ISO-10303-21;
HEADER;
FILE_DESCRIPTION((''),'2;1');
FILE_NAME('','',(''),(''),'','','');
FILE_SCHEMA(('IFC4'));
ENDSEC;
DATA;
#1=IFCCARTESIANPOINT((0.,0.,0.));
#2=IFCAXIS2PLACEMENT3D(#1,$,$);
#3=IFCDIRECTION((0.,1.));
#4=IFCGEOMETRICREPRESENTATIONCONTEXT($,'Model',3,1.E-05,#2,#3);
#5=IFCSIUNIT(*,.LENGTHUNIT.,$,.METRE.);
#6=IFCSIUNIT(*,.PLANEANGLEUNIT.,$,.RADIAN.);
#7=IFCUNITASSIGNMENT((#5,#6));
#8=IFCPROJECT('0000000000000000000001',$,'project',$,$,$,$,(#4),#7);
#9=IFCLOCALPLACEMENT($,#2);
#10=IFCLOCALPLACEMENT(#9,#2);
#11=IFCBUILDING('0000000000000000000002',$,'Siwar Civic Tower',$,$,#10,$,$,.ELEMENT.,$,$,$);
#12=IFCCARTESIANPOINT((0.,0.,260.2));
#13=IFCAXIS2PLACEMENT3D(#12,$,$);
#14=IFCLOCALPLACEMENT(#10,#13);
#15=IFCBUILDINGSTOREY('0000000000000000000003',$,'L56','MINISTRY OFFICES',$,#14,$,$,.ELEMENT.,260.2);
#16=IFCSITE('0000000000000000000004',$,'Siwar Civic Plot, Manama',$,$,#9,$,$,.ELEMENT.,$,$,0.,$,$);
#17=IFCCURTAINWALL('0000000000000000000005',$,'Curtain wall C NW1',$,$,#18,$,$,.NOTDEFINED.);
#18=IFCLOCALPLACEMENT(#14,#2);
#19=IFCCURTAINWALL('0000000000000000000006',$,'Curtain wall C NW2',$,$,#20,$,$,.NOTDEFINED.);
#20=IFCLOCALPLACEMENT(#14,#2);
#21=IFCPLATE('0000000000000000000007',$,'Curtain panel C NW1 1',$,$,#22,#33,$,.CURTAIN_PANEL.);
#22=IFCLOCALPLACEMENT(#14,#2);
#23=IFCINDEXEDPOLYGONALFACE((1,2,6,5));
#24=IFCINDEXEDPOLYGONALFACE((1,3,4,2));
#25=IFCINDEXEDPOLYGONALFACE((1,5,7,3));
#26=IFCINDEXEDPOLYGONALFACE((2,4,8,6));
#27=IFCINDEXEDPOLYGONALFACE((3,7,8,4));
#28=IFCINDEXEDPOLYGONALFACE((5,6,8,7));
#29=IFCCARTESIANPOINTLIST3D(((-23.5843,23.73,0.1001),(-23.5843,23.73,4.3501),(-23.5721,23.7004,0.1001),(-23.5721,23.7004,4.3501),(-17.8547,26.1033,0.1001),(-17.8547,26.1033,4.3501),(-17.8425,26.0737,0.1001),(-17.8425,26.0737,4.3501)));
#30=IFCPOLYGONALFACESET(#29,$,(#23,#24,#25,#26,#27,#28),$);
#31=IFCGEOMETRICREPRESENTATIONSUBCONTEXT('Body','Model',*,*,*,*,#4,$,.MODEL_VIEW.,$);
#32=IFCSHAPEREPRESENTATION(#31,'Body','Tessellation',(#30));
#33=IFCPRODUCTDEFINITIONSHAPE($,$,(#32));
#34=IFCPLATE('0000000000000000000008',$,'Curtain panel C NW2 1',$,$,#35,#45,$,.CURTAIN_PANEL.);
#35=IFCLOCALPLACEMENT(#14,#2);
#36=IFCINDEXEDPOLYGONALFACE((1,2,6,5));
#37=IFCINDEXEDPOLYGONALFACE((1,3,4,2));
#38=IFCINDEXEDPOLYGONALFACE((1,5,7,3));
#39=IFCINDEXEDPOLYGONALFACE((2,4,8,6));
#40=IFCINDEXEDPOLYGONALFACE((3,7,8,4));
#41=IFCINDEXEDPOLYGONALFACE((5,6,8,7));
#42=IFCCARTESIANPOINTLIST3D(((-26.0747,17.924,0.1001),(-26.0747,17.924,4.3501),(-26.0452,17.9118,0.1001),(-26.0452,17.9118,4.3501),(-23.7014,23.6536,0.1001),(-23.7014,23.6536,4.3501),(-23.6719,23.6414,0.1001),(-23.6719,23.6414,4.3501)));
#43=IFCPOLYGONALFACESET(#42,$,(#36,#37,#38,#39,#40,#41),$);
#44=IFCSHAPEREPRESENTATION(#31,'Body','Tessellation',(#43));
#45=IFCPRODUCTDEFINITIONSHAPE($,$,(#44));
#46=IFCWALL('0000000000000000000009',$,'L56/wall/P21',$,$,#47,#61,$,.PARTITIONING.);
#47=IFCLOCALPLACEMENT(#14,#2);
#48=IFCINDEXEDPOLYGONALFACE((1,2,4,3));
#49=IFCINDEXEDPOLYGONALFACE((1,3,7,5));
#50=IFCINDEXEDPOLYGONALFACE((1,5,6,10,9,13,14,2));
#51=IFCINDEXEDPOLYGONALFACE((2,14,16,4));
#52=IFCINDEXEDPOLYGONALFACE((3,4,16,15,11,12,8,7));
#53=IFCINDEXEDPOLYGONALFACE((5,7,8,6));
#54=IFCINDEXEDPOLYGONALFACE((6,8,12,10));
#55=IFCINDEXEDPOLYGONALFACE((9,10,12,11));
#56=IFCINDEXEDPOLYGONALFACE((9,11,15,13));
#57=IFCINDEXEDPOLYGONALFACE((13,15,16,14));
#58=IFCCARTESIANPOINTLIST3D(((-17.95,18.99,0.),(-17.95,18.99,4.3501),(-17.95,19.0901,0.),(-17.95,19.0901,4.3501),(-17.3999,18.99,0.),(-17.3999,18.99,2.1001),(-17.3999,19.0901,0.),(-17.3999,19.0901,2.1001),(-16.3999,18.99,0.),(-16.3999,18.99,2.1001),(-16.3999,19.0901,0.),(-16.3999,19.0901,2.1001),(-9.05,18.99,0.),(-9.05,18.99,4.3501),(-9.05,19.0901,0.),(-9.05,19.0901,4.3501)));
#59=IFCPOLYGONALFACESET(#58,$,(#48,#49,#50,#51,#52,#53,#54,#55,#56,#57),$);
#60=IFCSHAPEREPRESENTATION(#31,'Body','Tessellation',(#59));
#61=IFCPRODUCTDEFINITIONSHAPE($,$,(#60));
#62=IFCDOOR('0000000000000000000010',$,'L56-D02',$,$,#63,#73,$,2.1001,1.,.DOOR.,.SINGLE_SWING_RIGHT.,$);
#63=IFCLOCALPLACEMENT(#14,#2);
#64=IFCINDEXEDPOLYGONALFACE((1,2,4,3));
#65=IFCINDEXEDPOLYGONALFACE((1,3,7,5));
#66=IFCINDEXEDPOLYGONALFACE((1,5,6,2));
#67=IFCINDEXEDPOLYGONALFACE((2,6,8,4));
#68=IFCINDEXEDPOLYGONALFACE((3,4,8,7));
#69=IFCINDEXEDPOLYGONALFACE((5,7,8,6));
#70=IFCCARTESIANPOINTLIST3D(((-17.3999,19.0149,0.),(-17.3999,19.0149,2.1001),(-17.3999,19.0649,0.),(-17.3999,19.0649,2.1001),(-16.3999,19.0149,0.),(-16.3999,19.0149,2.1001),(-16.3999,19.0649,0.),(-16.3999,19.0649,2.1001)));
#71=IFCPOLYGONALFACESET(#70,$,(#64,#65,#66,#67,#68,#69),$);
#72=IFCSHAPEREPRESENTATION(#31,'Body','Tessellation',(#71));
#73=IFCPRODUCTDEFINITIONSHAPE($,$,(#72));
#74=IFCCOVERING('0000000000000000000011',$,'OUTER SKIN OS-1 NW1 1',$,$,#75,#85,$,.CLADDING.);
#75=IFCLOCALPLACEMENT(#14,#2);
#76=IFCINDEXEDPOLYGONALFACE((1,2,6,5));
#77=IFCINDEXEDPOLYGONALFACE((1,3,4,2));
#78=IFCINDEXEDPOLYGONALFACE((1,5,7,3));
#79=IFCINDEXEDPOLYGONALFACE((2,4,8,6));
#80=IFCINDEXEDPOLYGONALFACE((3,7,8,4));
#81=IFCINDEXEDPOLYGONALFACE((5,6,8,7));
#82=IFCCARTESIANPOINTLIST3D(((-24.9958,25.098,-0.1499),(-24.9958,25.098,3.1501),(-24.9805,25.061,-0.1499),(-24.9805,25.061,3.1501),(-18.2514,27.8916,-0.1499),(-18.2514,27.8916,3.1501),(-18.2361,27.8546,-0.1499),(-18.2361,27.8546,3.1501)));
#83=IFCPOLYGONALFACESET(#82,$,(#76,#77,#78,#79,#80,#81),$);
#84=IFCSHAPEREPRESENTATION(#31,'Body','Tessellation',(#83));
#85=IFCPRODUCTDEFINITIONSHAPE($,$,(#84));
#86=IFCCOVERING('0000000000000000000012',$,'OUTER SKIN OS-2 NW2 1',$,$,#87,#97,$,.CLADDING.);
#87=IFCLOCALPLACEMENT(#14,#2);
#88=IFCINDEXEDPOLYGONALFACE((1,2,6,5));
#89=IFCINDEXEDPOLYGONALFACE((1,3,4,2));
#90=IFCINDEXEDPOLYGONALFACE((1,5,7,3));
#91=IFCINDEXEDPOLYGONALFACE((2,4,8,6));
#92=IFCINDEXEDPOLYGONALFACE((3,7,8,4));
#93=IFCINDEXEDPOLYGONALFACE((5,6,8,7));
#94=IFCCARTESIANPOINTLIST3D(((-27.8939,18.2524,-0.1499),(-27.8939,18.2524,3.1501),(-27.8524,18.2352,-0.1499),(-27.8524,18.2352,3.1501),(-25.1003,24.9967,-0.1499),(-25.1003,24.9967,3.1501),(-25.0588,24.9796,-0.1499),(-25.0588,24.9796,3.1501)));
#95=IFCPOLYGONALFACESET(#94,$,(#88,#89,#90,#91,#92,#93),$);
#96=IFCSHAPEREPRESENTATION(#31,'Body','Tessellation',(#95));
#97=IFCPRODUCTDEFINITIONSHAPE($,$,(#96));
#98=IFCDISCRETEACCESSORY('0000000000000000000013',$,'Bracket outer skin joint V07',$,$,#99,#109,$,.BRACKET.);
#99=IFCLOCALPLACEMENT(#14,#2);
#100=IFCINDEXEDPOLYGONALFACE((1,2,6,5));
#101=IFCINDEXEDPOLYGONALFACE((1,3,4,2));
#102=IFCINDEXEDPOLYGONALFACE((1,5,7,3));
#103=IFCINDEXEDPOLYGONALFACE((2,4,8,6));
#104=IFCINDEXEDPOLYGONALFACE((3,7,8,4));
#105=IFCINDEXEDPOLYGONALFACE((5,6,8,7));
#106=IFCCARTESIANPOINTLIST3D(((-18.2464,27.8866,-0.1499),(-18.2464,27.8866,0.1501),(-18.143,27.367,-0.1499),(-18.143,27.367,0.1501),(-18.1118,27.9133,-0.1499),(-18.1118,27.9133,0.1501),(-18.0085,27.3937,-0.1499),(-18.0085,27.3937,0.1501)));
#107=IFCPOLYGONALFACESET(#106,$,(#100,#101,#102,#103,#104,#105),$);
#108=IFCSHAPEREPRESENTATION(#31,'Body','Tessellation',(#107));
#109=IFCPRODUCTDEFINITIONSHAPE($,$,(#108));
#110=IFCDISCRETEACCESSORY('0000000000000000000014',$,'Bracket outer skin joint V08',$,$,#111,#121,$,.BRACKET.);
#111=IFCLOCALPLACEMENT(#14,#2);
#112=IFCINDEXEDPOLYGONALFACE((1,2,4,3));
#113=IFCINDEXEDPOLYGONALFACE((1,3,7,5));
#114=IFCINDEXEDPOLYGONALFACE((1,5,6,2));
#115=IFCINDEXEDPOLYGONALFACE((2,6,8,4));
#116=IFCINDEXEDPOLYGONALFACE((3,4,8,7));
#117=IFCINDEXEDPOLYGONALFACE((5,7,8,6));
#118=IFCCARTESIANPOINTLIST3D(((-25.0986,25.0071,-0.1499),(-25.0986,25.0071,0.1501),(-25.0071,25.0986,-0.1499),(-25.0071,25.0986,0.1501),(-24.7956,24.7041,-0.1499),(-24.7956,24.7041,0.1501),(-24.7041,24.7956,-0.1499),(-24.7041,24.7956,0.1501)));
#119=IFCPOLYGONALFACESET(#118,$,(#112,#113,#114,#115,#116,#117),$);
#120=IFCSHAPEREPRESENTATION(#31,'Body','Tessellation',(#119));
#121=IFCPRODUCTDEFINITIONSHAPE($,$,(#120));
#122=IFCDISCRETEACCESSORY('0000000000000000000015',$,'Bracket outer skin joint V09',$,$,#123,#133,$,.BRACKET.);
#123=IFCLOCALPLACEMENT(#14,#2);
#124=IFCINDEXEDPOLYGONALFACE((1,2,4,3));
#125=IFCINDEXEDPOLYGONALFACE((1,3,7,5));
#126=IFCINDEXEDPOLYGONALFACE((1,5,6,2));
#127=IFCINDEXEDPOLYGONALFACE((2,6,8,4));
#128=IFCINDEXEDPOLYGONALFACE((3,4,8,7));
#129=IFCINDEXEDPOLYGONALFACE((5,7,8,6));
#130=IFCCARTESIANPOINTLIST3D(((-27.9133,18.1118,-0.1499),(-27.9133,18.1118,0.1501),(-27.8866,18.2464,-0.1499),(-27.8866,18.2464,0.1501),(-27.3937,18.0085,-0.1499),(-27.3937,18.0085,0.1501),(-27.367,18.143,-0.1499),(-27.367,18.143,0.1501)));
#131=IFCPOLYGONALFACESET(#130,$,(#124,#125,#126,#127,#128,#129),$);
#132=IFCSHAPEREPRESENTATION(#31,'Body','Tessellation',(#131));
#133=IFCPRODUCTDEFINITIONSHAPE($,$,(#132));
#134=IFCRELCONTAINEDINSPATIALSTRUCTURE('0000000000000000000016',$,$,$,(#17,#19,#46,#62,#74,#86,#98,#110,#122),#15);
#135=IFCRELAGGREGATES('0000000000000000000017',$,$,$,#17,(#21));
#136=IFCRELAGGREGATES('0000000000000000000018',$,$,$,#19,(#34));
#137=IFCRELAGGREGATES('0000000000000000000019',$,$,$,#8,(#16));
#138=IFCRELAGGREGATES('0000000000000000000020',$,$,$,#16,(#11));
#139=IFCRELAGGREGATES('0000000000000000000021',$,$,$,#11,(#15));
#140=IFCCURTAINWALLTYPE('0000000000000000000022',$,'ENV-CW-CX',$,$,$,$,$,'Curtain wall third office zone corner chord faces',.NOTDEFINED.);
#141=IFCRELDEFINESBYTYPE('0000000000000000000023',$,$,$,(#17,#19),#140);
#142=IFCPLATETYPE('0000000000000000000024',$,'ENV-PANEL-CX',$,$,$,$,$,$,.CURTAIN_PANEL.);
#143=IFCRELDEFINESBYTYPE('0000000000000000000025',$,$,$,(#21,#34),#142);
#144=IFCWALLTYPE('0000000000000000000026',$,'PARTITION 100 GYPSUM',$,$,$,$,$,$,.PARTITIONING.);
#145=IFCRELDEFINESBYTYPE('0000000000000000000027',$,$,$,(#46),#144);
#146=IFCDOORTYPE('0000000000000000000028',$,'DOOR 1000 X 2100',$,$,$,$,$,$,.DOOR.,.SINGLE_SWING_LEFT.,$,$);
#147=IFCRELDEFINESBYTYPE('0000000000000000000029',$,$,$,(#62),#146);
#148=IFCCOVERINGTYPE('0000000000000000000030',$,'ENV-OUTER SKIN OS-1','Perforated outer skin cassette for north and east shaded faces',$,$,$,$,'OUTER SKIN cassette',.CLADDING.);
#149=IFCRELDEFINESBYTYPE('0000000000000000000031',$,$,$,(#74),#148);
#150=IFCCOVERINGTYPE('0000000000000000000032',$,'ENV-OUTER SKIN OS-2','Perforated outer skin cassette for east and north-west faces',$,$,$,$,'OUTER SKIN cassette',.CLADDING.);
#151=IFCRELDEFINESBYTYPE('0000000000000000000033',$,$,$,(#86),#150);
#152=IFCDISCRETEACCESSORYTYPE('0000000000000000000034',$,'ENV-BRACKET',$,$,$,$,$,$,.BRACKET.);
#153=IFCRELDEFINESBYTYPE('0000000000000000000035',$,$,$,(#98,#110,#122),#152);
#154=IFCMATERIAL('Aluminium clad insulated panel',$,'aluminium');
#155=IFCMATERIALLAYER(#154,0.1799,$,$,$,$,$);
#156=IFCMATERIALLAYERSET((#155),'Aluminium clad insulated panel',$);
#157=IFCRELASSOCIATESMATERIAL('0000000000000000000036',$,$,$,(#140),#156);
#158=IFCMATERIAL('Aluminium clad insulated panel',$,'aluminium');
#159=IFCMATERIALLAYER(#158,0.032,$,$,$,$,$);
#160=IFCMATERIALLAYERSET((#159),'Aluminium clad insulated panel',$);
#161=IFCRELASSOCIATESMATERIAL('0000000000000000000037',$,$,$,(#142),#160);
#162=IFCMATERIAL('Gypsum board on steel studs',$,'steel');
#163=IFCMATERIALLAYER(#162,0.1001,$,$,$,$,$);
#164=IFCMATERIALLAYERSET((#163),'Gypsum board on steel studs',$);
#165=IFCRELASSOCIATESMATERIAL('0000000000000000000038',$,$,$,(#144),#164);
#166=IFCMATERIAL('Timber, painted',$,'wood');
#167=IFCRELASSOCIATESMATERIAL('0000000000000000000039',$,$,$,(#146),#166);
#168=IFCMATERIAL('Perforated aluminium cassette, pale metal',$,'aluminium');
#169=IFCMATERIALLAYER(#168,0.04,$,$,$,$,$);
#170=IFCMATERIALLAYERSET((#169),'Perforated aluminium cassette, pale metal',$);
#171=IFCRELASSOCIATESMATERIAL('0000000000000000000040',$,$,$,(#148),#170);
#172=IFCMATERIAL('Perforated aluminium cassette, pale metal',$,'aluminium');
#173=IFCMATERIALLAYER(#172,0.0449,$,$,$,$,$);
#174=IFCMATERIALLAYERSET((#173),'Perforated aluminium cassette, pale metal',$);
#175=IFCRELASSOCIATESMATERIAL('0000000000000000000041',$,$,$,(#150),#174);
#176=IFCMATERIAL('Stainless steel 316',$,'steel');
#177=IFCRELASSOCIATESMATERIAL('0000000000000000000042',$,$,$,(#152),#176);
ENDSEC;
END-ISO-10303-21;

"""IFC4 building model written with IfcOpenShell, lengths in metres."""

from ifc_helpers import new_model, si_unit, direction, frame, frame_2d, origin, origin_2d, place, context, subcontext, project, spatial, rectangle, extrude, material, layer, layer_set, type_object, element, fill, aggregate, save


model = new_model("IFC4")

# Units and contexts
model_context = context("Model", 3, precision=1e-05, world=origin(), true_north=direction((0.0, 1.0)))
body_context = subcontext(model_context, "Body", "Model", "MODEL_VIEW")
ifc_project = project(units=[si_unit("LENGTHUNIT", "METRE"), si_unit("PLANEANGLEUNIT", "RADIAN")], contexts=[model_context])

# Site, building, storey
site_placement = place(None, origin())
site = spatial("IfcSite", under=ifc_project, at=site_placement, Name="Siwar Civic Plot, Manama", CompositionType="ELEMENT", RefElevation=0.0)
building_placement = place(site_placement, origin())
building = spatial("IfcBuilding", under=site, at=building_placement, Name="Siwar Civic Tower", CompositionType="ELEMENT")
storey_placement = place(building_placement, frame((0.0, 0.0, 260.2)))
storey = spatial("IfcBuildingStorey", under=building, at=storey_placement, Name="L56", Description="MINISTRY OFFICES", CompositionType="ELEMENT", Elevation=260.2)

# Curtain walls
ifc_material_1 = material(Name="Aluminium clad insulated panel", Category="aluminium")
ifc_layer_1 = layer(ifc_material_1, 0.1799)
ifc_layer_set_1 = layer_set([ifc_layer_1], Name="Aluminium clad insulated panel")
curtain_wall_type = type_object("IfcCurtainWallType", Name="ENV-CW-CX", ElementType="Curtain wall third office zone corner chord faces", PredefinedType="NOTDEFINED", material=ifc_layer_set_1)
curtain_wall_1_placement = place(storey_placement, origin())
curtain_wall_1 = element("IfcCurtainWall", 1, at=curtain_wall_1_placement, inside=storey, type_object=curtain_wall_type, Name="Curtain wall C NW1", PredefinedType="NOTDEFINED")
curtain_wall_2_placement = place(storey_placement, origin())
curtain_wall_2 = element("IfcCurtainWall", 2, at=curtain_wall_2_placement, inside=storey, type_object=curtain_wall_type, Name="Curtain wall C NW2", PredefinedType="NOTDEFINED")

# Plates
ifc_material_2 = material(Name="Aluminium clad insulated panel", Category="aluminium")
ifc_layer_2 = layer(ifc_material_2, 0.032)
ifc_layer_set_2 = layer_set([ifc_layer_2], Name="Aluminium clad insulated panel")
plate_type = type_object("IfcPlateType", Name="ENV-PANEL-CX", PredefinedType="CURTAIN_PANEL", material=ifc_layer_set_2)
plate_1_placement = place(storey_placement, frame((-20.7134, 24.9019, 0.1001), z_axis=(0.0, 0.0, 1.0), x_axis=(-0.92388, -0.382683, 0.0)))
plate_1 = element("IfcPlate", 3, at=plate_1_placement, type_object=plate_type, Name="Curtain panel C NW1 1", PredefinedType="CURTAIN_PANEL", context=body_context, shape_type="SweptSolid", body=[
    extrude(rectangle(XDim=6.2017, YDim=0.032, at=origin_2d()), origin(), (0.0, 0.0, 1.0), 4.25),
])
aggregate(curtain_wall_1, [plate_1])
plate_2_placement = place(storey_placement, frame((-24.8733, 20.7827, 0.1001), z_axis=(0.0, 0.0, 1.0), x_axis=(-0.382683, -0.92388, 0.0)))
plate_2 = element("IfcPlate", 4, at=plate_2_placement, type_object=plate_type, Name="Curtain panel C NW2 1", PredefinedType="CURTAIN_PANEL", context=body_context, shape_type="SweptSolid", body=[
    extrude(rectangle(XDim=6.2017, YDim=0.032, at=origin_2d()), origin(), (0.0, 0.0, 1.0), 4.25),
])
aggregate(curtain_wall_2, [plate_2])

# Wall, opening, door
ifc_material_3 = material(Name="Gypsum board on steel studs", Category="steel")
ifc_layer_3 = layer(ifc_material_3, 0.1001)
ifc_layer_set_3 = layer_set([ifc_layer_3], Name="Gypsum board on steel studs")
wall_type = type_object("IfcWallType", Name="PARTITION 100 GYPSUM", PredefinedType="PARTITIONING", material=ifc_layer_set_3)
wall_placement = place(storey_placement, frame((-17.95, 19.04, 0.0), z_axis=(0.0, 0.0, 1.0), x_axis=(1.0, 0.0, 0.0)))
wall = element("IfcWall", 5, at=wall_placement, inside=storey, type_object=wall_type, Name="L56/wall/P21", PredefinedType="PARTITIONING", context=body_context, shape_type="SweptSolid", body=[
    extrude(rectangle(XDim=8.8999, YDim=0.1001, at=frame_2d((4.45, 0.0))), origin(), (0.0, 0.0, 1.0), 4.3501),
])
opening_placement = place(wall_placement, frame((0.55, 0.0, 0.0)))
opening = element("IfcOpeningElement", 6, at=opening_placement, cuts=wall, PredefinedType="OPENING", context=body_context, shape_type="SweptSolid", body=[
    extrude(rectangle(XDim=1.0, YDim=2.1001, at=frame_2d((0.5, 1.05))), frame((0.0, 0.0601, 0.0), z_axis=(0.0, -1.0, 0.0), x_axis=(1.0, 0.0, 0.0)), (0.0, 0.0, 1.0), 0.1201),
])
ifc_material_4 = material(Name="Timber, painted", Category="wood")
door_type = type_object("IfcDoorType", Name="DOOR 1000 X 2100", OperationType="SINGLE_SWING_LEFT", PredefinedType="DOOR", material=ifc_material_4)
door_placement = place(opening_placement, origin())
door = element("IfcDoor", 7, at=door_placement, inside=storey, type_object=door_type, Name="L56-D02", OperationType="SINGLE_SWING_RIGHT", OverallHeight=2.1001, OverallWidth=1.0, PredefinedType="DOOR", context=body_context, shape_type="SweptSolid", body=[
    extrude(rectangle(XDim=1.0, YDim=2.1001, at=frame_2d((0.5, 1.05))), frame((0.0, 0.0249, 0.0), z_axis=(0.0, -1.0, 0.0), x_axis=(1.0, 0.0, 0.0)), (0.0, 0.0, 1.0), 0.05),
])
fill(opening, door)

# Coverings
ifc_material_5 = material(Name="Perforated aluminium cassette, pale metal", Category="aluminium")
ifc_layer_4 = layer(ifc_material_5, 0.04)
ifc_layer_set_4 = layer_set([ifc_layer_4], Name="Perforated aluminium cassette, pale metal")
covering_type_1 = type_object("IfcCoveringType", Name="ENV-OUTER SKIN OS-1", Description="Perforated outer skin cassette for north and east shaded faces", ElementType="OUTER SKIN cassette", PredefinedType="CLADDING", material=ifc_layer_set_4)
covering_1_placement = place(storey_placement, frame((-21.616, 26.4763, -0.1499), z_axis=(0.0, 0.0, 1.0), x_axis=(-0.92388, -0.382683, 0.0)))
element("IfcCovering", 8, at=covering_1_placement, inside=storey, type_object=covering_type_1, Name="OUTER SKIN OS-1 NW1 1", PredefinedType="CLADDING", context=body_context, shape_type="SweptSolid", body=[
    extrude(rectangle(XDim=7.3, YDim=0.04, at=origin_2d()), origin(), (0.0, 0.0, 1.0), 3.3),
])
ifc_material_6 = material(Name="Perforated aluminium cassette, pale metal", Category="aluminium")
ifc_layer_5 = layer(ifc_material_6, 0.0449)
ifc_layer_set_5 = layer_set([ifc_layer_5], Name="Perforated aluminium cassette, pale metal")
covering_type_2 = type_object("IfcCoveringType", Name="ENV-OUTER SKIN OS-2", Description="Perforated outer skin cassette for east and north-west faces", ElementType="OUTER SKIN cassette", PredefinedType="CLADDING", material=ifc_layer_set_5)
covering_2_placement = place(storey_placement, frame((-26.4763, 21.616, -0.1499), z_axis=(0.0, 0.0, 1.0), x_axis=(-0.382683, -0.92388, 0.0)))
element("IfcCovering", 9, at=covering_2_placement, inside=storey, type_object=covering_type_2, Name="OUTER SKIN OS-2 NW2 1", PredefinedType="CLADDING", context=body_context, shape_type="SweptSolid", body=[
    extrude(rectangle(XDim=7.3, YDim=0.0449, at=origin_2d()), origin(), (0.0, 0.0, 1.0), 3.3),
])

# Discrete accessories
ifc_material_7 = material(Name="Stainless steel 316", Category="steel")
discrete_accessory_type = type_object("IfcDiscreteAccessoryType", Name="ENV-BRACKET", PredefinedType="BRACKET", material=ifc_material_7)
discrete_accessory_1_placement = place(storey_placement, frame((-18.1274, 27.6401, -0.1499), z_axis=(0.0, 0.0, 1.0), x_axis=(-0.19509, 0.980785, 0.0)))
element("IfcDiscreteAccessory", 10, at=discrete_accessory_1_placement, inside=storey, type_object=discrete_accessory_type, Name="Bracket outer skin joint V07", PredefinedType="BRACKET", context=body_context, shape_type="SweptSolid", body=[
    extrude(rectangle(XDim=0.5298, YDim=0.1372, at=origin_2d()), origin(), (0.0, 0.0, 1.0), 0.3),
])
discrete_accessory_2_placement = place(storey_placement, frame((-24.9014, 24.9014, -0.1499), z_axis=(0.0, 0.0, 1.0), x_axis=(-0.707107, 0.707107, 0.0)))
element("IfcDiscreteAccessory", 11, at=discrete_accessory_2_placement, inside=storey, type_object=discrete_accessory_type, Name="Bracket outer skin joint V08", PredefinedType="BRACKET", context=body_context, shape_type="SweptSolid", body=[
    extrude(rectangle(XDim=0.4285, YDim=0.1294, at=origin_2d()), origin(), (0.0, 0.0, 1.0), 0.3),
])
discrete_accessory_3_placement = place(storey_placement, frame((-27.6401, 18.1274, -0.1499), z_axis=(0.0, 0.0, 1.0), x_axis=(-0.980785, 0.19509, 0.0)))
element("IfcDiscreteAccessory", 12, at=discrete_accessory_3_placement, inside=storey, type_object=discrete_accessory_type, Name="Bracket outer skin joint V09", PredefinedType="BRACKET", context=body_context, shape_type="SweptSolid", body=[
    extrude(rectangle(XDim=0.5298, YDim=0.1372, at=origin_2d()), origin(), (0.0, 0.0, 1.0), 0.3),
])

save(model, "model.ifc")
